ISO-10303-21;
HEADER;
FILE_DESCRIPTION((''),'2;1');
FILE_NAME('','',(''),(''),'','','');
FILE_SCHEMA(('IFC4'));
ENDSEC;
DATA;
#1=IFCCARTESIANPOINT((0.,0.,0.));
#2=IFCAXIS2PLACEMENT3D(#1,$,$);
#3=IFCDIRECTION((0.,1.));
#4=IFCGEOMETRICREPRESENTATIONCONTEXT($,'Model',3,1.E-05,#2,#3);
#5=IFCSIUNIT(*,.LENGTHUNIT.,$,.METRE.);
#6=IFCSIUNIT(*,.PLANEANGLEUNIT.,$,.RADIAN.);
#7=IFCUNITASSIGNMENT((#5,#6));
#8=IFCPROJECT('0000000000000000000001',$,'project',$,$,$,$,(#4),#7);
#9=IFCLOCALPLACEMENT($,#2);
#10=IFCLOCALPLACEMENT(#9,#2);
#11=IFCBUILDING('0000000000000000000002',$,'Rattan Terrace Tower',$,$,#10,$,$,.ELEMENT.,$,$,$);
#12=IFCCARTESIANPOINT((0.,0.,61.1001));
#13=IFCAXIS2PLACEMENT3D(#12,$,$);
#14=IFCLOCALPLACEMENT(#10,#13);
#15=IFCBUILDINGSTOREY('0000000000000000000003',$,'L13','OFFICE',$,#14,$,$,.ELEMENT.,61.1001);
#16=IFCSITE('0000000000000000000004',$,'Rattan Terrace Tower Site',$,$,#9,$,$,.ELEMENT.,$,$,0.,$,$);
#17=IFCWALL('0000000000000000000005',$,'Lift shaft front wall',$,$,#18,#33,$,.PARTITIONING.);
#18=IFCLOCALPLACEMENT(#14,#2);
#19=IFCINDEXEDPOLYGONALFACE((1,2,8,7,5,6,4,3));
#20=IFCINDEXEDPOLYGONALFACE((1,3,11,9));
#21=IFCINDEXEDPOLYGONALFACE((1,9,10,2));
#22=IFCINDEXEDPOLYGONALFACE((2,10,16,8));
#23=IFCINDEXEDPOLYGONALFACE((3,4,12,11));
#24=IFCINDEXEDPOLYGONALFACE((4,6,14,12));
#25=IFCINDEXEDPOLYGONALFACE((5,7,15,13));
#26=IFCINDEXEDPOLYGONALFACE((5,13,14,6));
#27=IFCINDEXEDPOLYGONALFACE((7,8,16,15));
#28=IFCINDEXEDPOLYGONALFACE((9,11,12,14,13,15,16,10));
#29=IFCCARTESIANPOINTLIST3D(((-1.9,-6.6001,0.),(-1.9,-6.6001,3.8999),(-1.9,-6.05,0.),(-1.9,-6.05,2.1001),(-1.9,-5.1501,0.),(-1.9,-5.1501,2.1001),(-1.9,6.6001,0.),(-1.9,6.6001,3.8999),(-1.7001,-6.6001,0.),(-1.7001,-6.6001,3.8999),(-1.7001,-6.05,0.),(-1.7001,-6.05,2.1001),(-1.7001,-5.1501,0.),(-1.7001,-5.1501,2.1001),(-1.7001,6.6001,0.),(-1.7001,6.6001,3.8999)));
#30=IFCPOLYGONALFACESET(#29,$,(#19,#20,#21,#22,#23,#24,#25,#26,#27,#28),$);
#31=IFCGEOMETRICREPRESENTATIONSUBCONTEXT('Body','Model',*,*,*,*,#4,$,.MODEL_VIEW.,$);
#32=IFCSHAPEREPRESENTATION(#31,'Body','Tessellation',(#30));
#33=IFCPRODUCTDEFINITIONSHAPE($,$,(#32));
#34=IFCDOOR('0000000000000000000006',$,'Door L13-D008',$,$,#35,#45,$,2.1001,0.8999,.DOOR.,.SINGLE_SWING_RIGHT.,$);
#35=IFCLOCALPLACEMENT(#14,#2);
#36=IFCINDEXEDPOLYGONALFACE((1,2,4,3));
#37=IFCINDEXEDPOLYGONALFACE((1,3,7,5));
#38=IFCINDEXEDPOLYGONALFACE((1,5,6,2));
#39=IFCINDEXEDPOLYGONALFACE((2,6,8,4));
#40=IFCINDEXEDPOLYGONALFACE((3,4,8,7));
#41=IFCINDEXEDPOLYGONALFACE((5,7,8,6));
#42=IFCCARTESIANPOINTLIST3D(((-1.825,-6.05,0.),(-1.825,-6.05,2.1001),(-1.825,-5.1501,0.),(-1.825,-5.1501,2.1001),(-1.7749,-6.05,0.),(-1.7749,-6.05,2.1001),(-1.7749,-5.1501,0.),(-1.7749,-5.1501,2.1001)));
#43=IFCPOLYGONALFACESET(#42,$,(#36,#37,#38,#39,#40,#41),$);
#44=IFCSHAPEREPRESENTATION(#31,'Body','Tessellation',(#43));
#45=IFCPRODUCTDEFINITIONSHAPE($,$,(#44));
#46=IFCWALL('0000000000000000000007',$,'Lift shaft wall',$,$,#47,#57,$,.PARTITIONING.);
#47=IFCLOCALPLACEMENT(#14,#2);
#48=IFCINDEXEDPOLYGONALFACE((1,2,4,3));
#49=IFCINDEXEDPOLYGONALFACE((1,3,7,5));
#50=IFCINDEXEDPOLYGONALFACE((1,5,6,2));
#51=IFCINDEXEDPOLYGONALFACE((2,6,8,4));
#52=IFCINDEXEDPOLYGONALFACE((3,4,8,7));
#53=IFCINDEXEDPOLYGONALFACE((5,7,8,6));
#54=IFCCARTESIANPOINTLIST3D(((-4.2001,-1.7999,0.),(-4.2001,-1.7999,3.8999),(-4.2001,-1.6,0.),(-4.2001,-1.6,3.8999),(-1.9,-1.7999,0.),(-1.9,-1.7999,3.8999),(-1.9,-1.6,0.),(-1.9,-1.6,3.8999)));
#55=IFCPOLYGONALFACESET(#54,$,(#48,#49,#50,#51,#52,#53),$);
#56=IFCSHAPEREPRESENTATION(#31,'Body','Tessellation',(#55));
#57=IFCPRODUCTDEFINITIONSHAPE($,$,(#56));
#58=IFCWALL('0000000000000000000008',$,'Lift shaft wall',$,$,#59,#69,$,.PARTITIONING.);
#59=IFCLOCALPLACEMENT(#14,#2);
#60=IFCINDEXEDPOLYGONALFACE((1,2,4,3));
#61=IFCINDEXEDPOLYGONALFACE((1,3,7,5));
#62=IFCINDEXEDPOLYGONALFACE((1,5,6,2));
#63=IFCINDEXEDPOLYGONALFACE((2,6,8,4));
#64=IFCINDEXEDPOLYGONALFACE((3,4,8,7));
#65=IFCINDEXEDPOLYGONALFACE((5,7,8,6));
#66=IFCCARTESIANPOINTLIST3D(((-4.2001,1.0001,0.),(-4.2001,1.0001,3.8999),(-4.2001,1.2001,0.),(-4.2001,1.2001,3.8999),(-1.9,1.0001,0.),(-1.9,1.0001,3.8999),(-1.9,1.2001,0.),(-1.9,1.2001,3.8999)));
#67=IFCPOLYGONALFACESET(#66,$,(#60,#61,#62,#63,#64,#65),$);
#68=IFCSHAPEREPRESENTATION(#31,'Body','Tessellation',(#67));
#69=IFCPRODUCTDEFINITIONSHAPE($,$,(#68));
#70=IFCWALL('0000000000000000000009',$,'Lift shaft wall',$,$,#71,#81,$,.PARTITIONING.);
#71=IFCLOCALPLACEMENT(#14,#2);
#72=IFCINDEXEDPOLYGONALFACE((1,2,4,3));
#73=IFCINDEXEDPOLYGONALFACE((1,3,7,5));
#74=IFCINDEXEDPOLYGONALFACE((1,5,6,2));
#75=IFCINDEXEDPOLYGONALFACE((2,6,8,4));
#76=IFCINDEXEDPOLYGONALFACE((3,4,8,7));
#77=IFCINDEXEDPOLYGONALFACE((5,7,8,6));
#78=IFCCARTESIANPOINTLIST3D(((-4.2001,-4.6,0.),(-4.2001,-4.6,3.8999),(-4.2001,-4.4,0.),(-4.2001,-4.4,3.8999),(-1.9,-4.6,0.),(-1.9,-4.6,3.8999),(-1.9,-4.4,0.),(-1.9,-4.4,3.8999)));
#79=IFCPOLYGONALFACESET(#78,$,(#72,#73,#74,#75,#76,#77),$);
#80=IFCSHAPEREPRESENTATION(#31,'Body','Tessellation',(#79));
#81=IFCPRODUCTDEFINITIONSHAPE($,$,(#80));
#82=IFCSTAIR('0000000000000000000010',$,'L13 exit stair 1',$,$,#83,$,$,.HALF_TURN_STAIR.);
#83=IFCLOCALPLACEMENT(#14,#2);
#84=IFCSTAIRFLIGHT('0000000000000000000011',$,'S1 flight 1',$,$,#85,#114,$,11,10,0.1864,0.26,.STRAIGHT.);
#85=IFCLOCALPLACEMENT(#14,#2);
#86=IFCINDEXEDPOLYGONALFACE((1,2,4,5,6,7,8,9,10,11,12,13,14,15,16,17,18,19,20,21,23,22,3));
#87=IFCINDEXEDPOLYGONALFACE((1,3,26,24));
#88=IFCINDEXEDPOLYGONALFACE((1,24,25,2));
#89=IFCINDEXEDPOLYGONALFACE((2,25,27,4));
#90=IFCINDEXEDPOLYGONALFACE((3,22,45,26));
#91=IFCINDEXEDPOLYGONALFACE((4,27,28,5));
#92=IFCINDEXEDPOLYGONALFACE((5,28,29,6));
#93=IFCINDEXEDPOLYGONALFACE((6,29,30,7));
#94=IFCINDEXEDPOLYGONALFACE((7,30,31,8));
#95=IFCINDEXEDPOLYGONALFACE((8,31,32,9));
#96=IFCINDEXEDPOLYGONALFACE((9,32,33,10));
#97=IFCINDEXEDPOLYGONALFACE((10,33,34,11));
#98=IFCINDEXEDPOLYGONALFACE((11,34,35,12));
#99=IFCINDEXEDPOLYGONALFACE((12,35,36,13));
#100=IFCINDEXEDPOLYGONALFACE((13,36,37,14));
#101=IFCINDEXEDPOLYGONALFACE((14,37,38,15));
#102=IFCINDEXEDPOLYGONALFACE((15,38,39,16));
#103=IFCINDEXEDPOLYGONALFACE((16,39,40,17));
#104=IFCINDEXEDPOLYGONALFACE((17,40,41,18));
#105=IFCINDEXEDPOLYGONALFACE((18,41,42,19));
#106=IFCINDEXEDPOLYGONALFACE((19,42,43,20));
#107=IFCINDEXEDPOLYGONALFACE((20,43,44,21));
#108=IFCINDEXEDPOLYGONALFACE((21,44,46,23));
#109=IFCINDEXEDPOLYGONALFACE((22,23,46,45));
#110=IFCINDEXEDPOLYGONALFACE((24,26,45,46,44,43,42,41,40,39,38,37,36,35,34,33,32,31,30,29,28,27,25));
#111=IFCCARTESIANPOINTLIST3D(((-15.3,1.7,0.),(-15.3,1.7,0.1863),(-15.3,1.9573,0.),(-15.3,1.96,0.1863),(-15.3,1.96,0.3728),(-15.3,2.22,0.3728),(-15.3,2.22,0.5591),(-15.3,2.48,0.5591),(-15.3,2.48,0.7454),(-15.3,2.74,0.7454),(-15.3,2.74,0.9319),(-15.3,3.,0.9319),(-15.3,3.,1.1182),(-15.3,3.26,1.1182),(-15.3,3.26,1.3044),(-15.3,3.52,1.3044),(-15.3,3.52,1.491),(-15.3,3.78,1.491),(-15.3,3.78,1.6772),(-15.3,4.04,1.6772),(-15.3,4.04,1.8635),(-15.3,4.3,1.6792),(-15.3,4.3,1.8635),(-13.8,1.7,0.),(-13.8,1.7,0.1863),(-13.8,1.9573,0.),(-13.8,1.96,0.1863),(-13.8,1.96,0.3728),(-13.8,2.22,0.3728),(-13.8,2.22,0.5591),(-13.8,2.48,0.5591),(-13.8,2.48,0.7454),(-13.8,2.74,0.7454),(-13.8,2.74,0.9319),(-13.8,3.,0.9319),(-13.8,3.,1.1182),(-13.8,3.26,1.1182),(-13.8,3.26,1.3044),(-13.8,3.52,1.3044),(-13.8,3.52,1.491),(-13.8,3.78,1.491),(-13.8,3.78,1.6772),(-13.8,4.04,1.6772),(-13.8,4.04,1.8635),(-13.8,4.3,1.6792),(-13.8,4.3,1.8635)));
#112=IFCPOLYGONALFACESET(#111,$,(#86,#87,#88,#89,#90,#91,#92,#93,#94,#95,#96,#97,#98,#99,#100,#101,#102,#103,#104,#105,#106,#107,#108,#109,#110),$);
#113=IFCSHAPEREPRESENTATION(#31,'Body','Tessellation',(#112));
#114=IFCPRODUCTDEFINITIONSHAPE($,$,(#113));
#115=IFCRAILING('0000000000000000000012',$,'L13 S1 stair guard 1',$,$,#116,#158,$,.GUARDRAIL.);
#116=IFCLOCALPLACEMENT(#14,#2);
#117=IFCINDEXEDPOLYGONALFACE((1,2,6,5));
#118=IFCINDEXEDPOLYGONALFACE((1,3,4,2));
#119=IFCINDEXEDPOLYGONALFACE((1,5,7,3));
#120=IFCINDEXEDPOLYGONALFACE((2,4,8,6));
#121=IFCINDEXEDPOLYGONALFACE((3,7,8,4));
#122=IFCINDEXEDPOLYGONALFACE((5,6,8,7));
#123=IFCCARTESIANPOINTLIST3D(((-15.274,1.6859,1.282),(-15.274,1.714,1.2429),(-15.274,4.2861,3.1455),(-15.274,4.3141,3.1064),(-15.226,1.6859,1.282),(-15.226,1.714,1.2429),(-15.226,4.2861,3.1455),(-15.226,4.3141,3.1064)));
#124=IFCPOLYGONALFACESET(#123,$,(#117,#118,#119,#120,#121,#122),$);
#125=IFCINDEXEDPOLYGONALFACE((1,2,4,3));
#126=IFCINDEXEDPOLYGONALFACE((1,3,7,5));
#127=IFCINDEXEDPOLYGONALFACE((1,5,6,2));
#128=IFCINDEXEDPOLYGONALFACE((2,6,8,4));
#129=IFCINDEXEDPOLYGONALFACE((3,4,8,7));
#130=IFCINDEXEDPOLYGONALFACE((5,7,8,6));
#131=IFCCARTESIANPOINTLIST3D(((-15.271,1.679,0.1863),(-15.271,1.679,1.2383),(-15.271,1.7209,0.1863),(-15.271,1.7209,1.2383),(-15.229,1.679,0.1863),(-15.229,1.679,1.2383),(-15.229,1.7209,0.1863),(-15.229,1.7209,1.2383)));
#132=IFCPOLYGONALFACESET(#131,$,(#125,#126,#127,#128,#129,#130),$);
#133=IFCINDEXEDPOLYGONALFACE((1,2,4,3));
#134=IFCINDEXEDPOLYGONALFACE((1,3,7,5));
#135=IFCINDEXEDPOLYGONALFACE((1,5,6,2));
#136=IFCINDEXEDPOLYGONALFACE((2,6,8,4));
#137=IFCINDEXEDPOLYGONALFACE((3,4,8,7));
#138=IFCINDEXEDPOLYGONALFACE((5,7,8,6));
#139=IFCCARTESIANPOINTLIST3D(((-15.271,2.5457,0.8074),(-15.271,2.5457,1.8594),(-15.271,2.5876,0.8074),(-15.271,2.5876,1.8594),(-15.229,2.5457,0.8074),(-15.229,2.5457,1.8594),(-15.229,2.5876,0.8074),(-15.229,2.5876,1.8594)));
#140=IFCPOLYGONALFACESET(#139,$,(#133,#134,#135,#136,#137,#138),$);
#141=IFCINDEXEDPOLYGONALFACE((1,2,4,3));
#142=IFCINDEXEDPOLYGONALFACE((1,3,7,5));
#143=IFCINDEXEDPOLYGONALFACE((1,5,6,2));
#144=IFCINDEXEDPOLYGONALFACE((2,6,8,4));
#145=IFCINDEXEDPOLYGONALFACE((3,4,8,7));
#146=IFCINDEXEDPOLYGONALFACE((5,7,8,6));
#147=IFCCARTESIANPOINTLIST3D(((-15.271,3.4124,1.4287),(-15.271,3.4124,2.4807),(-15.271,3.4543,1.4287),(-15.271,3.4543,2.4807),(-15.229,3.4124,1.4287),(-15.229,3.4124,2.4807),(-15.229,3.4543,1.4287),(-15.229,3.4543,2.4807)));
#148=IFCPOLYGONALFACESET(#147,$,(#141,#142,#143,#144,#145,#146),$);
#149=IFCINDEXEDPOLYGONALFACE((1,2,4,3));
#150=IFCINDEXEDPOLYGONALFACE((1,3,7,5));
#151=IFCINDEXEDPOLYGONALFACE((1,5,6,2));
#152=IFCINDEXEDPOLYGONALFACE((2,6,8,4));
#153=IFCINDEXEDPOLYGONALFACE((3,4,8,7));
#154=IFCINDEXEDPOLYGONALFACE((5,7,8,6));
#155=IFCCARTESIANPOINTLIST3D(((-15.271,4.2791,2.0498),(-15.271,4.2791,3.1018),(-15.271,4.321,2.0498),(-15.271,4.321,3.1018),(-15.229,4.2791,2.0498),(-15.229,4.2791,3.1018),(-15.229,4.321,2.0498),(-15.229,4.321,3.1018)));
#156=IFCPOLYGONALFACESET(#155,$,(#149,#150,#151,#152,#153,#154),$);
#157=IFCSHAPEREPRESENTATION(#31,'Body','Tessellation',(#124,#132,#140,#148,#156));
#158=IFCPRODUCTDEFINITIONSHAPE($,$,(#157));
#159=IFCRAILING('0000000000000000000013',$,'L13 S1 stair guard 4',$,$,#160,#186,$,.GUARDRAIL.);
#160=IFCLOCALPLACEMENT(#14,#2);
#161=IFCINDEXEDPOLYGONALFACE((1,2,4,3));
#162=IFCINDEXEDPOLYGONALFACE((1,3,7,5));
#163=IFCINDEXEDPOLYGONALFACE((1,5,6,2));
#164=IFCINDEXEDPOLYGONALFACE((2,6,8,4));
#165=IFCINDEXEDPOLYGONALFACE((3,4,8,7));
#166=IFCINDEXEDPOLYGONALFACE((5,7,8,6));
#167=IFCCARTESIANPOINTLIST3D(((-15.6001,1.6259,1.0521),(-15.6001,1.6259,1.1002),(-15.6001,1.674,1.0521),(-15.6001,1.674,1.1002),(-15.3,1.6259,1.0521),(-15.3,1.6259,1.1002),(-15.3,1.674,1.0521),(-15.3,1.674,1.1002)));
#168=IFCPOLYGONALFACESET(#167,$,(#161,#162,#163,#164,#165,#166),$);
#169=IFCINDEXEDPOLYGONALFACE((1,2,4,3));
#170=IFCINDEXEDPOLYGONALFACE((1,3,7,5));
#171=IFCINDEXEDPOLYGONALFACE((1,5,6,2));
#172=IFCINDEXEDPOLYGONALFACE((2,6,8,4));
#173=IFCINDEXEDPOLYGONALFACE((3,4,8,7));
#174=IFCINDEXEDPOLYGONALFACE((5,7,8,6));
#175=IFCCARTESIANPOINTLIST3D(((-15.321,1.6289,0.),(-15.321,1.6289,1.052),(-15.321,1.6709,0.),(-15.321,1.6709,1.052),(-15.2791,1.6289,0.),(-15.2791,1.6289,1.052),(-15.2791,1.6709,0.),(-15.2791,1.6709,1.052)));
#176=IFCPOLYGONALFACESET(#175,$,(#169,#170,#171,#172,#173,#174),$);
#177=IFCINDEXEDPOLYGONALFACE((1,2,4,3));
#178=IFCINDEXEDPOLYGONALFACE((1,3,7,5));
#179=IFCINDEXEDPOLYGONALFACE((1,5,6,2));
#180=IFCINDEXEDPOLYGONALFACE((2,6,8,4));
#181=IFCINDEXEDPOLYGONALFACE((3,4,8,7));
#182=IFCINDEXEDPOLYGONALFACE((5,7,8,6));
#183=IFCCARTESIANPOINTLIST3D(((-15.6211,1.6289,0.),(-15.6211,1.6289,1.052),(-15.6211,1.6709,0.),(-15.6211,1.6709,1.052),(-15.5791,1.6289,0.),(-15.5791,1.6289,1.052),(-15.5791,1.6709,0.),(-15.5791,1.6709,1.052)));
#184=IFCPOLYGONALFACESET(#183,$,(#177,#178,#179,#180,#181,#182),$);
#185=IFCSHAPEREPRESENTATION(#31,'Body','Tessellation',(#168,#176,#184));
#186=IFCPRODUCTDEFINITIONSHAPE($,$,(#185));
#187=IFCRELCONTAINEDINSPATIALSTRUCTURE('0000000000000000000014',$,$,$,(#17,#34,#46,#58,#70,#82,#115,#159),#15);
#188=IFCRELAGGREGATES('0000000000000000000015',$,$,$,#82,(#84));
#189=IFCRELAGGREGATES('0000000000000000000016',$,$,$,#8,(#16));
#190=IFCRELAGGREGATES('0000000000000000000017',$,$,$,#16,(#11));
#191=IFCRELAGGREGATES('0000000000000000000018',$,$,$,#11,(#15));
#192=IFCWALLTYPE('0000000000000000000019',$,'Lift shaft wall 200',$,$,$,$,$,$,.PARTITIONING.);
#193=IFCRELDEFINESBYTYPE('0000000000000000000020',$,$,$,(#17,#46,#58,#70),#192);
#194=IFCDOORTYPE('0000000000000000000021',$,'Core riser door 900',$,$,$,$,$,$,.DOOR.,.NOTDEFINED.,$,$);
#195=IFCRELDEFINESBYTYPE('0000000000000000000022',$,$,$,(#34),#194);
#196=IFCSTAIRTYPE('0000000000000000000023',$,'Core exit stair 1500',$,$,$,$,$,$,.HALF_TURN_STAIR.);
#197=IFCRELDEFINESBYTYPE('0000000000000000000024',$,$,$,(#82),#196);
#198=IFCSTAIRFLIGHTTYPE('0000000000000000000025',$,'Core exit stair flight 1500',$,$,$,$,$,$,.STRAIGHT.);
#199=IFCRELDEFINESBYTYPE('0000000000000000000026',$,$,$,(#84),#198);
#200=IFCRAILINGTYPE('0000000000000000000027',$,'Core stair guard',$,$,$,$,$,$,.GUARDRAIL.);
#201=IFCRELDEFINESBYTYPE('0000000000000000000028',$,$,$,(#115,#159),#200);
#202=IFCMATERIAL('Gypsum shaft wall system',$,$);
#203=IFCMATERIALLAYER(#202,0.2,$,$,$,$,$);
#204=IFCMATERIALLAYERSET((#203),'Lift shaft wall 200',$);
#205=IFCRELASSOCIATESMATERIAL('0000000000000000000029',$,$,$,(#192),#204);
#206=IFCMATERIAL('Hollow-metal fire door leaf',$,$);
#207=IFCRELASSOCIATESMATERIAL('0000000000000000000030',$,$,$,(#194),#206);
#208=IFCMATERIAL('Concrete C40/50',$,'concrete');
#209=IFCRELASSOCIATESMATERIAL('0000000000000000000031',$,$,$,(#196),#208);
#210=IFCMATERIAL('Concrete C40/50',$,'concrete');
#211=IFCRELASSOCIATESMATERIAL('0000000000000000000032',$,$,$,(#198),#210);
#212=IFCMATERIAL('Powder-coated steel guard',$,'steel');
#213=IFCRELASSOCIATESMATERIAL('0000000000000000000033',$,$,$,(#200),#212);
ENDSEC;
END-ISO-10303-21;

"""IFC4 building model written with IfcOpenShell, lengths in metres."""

from ifc_helpers import new_model, si_unit, direction, frame, frame_2d, origin, origin_2d, place, context, subcontext, project, spatial, polyline, rectangle, outline, extrude, material, layer, layer_set, type_object, element, fill, aggregate, save


model = new_model("IFC4")

# Units and contexts
model_context = context("Model", 3, precision=1e-05, world=origin(), true_north=direction((0.0, 1.0)))
body_context = subcontext(model_context, "Body", "Model", "MODEL_VIEW")
ifc_project = project(units=[si_unit("LENGTHUNIT", "METRE"), si_unit("PLANEANGLEUNIT", "RADIAN")], contexts=[model_context])

# Site, building, storey
site_placement = place(None, origin())
site = spatial("IfcSite", under=ifc_project, at=site_placement, Name="Rattan Terrace Tower Site", CompositionType="ELEMENT", RefElevation=0.0)
building_placement = place(site_placement, origin())
building = spatial("IfcBuilding", under=site, at=building_placement, Name="Rattan Terrace Tower", CompositionType="ELEMENT")
storey_placement = place(building_placement, frame((0.0, 0.0, 61.1001)))
storey = spatial("IfcBuildingStorey", under=building, at=storey_placement, Name="L13", Description="OFFICE", CompositionType="ELEMENT", Elevation=61.1001)

# Shared definitions
ifc_material_1 = material(Name="Gypsum shaft wall system")
ifc_layer_1 = layer(ifc_material_1, 0.2)
ifc_layer_set_1 = layer_set([ifc_layer_1], Name="Lift shaft wall 200")
wall_type_1 = type_object("IfcWallType", Name="Lift shaft wall 200", PredefinedType="PARTITIONING", material=ifc_layer_set_1)
ifc_material_2 = material(Name="Hollow-metal fire door leaf")
door_type_1 = type_object("IfcDoorType", Name="Core riser door 900", OperationType="NOTDEFINED", PredefinedType="DOOR", material=ifc_material_2)

# Wall, opening, door
wall_1_placement = place(storey_placement, frame((-1.8, -6.6001, 0.0), z_axis=(0.0, 0.0, 1.0), x_axis=(0.0, 1.0, 0.0)))
wall_1 = element("IfcWall", 1, at=wall_1_placement, inside=storey, type_object=wall_type_1, Name="Lift shaft front wall", PredefinedType="PARTITIONING", context=body_context, shape_type="SweptSolid", body=[
    extrude(rectangle(XDim=13.2002, YDim=0.2, at=frame_2d((6.6001, 0.0))), origin(), (0.0, 0.0, 1.0), 3.8999),
])
opening_1_placement = place(wall_1_placement, frame((0.55, 0.0, 0.0)))
opening_1 = element("IfcOpeningElement", 2, at=opening_1_placement, cuts=wall_1, PredefinedType="OPENING", context=body_context, shape_type="SweptSolid", body=[
    extrude(rectangle(XDim=0.8999, YDim=2.1001, at=frame_2d((0.45, 1.05))), frame((0.0, 0.1106, 0.0), z_axis=(0.0, -1.0, 0.0), x_axis=(1.0, 0.0, 0.0)), (0.0, 0.0, 1.0), 0.2209),
])
door_1_placement = place(opening_1_placement, origin())
door_1 = element("IfcDoor", 3, at=door_1_placement, inside=storey, type_object=door_type_1, Name="Door L13-D008", OperationType="SINGLE_SWING_RIGHT", OverallHeight=2.1001, OverallWidth=0.8999, PredefinedType="DOOR", context=body_context, shape_type="SweptSolid", body=[
    extrude(rectangle(XDim=0.8999, YDim=2.1001, at=frame_2d((0.45, 1.05))), frame((0.0, 0.0249, 0.0), z_axis=(0.0, -1.0, 0.0), x_axis=(1.0, 0.0, 0.0)), (0.0, 0.0, 1.0), 0.05),
])
fill(opening_1, door_1)

# Walls
for number, where, z_axis, x_axis, name in (
    (4, (-4.2, -1.7, 0.0), (0.0, 0.0, 1.0), (1.0, 0.0, 0.0), "Lift shaft wall"),
    (5, (-4.2, 1.1001, 0.0), (0.0, 0.0, 1.0), (1.0, 0.0, 0.0), "Lift shaft wall"),
    (6, (-4.2, -4.5, 0.0), (0.0, 0.0, 1.0), (1.0, 0.0, 0.0), "Lift shaft wall"),
):
    element("IfcWall", number, at=place(storey_placement, frame(where, z_axis=z_axis, x_axis=x_axis)), inside=storey, type_object=wall_type_1, Name=name, PredefinedType="PARTITIONING", context=body_context, shape_type="SweptSolid", body=[
        extrude(rectangle(XDim=2.3, YDim=0.2, at=frame_2d((1.1499, 0.0))), origin(), (0.0, 0.0, 1.0), 3.8999),
    ])

# Stair, stair flight
ifc_material_3 = material(Name="Concrete C40/50", Category="concrete")
stair_type = type_object("IfcStairType", Name="Core exit stair 1500", PredefinedType="HALF_TURN_STAIR", material=ifc_material_3)
stair_placement = place(storey_placement, origin())
stair = element("IfcStair", 7, at=stair_placement, inside=storey, type_object=stair_type, Name="L13 exit stair 1", PredefinedType="HALF_TURN_STAIR")
ifc_material_4 = material(Name="Concrete C40/50", Category="concrete")
stair_flight_type = type_object("IfcStairFlightType", Name="Core exit stair flight 1500", PredefinedType="STRAIGHT", material=ifc_material_4)
stair_flight_placement = place(storey_placement, frame((-14.55, 1.7, 0.0), z_axis=(0.0, 0.0, 1.0), x_axis=(0.0, 1.0, 0.0)))
stair_flight = element("IfcStairFlight", 8, at=stair_flight_placement, type_object=stair_flight_type, Name="S1 flight 1", NumberOfRisers=11, NumberOfTreads=10, PredefinedType="STRAIGHT", RiserHeight=0.1864, TreadLength=0.26, context=body_context, shape_type="SweptSolid", body=[
    extrude(outline(polyline([(0.0, 0.0), (0.0, 0.1863), (0.26, 0.1863), (0.26, 0.3728), (0.52, 0.3728), (0.52, 0.5591), (0.78, 0.5591), (0.78, 0.7454), (1.04, 0.7454), (1.04, 0.9319), (1.3, 0.9319), (1.3, 1.1182), (1.5601, 1.1182), (1.5601, 1.3044), (1.8201, 1.3044), (1.8201, 1.491), (2.0801, 1.491), (2.0801, 1.6772), (2.3401, 1.6772), (2.3401, 1.8635), (2.6001, 1.8635), (2.6001, 2.05), (2.6001, 1.6792), (0.2573, 0.0), (0.0, 0.0)])), frame((0.0, 0.75, 0.0), z_axis=(0.0, -1.0, 0.0), x_axis=(1.0, 0.0, 0.0)), (0.0, 0.0, 1.0), 1.5),
])
aggregate(stair, [stair_flight])

# Railings
ifc_material_5 = material(Name="Powder-coated steel guard", Category="steel")
railing_type = type_object("IfcRailingType", Name="Core stair guard", PredefinedType="GUARDRAIL", material=ifc_material_5)
railing_1_placement = place(storey_placement, frame((-15.25, 1.7, 0.1863)))
element("IfcRailing", 9, at=railing_1_placement, inside=storey, type_object=railing_type, Name="L13 S1 stair guard 1", PredefinedType="GUARDRAIL", context=body_context, shape_type="SweptSolid", body=[
    extrude(rectangle(XDim=0.0481, YDim=0.0481, at=origin_2d()), frame((0.0, 0.0, 1.0762), z_axis=(0.0, 0.812799, 0.582544), x_axis=(-1.0, 0.0, 0.0)), (0.0, 0.0, 1.0), 3.199),
    extrude(rectangle(XDim=0.042, YDim=0.042, at=origin_2d()), origin(), (0.0, 0.0, 1.0), 1.052),
    extrude(rectangle(XDim=0.042, YDim=0.042, at=origin_2d()), frame((0.0, 0.8667, 0.6211)), (0.0, 0.0, 1.0), 1.052),
    extrude(rectangle(XDim=0.042, YDim=0.042, at=origin_2d()), frame((0.0, 1.7334, 1.2424)), (0.0, 0.0, 1.0), 1.052),
    extrude(rectangle(XDim=0.042, YDim=0.042, at=origin_2d()), frame((0.0, 2.6001, 1.8635)), (0.0, 0.0, 1.0), 1.052),
])
railing_2_placement = place(storey_placement, frame((-15.3, 1.6499, 0.0)))
element("IfcRailing", 10, at=railing_2_placement, inside=storey, type_object=railing_type, Name="L13 S1 stair guard 4", PredefinedType="GUARDRAIL", context=body_context, shape_type="SweptSolid", body=[
    extrude(rectangle(XDim=0.0481, YDim=0.0481, at=origin_2d()), frame((0.0, 0.0, 1.0762), z_axis=(-1.0, 0.0, 0.0), x_axis=(0.0, -1.0, 0.0)), (0.0, 0.0, 1.0), 0.3),
    extrude(rectangle(XDim=0.042, YDim=0.042, at=origin_2d()), origin(), (0.0, 0.0, 1.0), 1.052),
    extrude(rectangle(XDim=0.042, YDim=0.042, at=origin_2d()), frame((-0.3, 0.0, 0.0)), (0.0, 0.0, 1.0), 1.052),
])

save(model, "model.ifc")
